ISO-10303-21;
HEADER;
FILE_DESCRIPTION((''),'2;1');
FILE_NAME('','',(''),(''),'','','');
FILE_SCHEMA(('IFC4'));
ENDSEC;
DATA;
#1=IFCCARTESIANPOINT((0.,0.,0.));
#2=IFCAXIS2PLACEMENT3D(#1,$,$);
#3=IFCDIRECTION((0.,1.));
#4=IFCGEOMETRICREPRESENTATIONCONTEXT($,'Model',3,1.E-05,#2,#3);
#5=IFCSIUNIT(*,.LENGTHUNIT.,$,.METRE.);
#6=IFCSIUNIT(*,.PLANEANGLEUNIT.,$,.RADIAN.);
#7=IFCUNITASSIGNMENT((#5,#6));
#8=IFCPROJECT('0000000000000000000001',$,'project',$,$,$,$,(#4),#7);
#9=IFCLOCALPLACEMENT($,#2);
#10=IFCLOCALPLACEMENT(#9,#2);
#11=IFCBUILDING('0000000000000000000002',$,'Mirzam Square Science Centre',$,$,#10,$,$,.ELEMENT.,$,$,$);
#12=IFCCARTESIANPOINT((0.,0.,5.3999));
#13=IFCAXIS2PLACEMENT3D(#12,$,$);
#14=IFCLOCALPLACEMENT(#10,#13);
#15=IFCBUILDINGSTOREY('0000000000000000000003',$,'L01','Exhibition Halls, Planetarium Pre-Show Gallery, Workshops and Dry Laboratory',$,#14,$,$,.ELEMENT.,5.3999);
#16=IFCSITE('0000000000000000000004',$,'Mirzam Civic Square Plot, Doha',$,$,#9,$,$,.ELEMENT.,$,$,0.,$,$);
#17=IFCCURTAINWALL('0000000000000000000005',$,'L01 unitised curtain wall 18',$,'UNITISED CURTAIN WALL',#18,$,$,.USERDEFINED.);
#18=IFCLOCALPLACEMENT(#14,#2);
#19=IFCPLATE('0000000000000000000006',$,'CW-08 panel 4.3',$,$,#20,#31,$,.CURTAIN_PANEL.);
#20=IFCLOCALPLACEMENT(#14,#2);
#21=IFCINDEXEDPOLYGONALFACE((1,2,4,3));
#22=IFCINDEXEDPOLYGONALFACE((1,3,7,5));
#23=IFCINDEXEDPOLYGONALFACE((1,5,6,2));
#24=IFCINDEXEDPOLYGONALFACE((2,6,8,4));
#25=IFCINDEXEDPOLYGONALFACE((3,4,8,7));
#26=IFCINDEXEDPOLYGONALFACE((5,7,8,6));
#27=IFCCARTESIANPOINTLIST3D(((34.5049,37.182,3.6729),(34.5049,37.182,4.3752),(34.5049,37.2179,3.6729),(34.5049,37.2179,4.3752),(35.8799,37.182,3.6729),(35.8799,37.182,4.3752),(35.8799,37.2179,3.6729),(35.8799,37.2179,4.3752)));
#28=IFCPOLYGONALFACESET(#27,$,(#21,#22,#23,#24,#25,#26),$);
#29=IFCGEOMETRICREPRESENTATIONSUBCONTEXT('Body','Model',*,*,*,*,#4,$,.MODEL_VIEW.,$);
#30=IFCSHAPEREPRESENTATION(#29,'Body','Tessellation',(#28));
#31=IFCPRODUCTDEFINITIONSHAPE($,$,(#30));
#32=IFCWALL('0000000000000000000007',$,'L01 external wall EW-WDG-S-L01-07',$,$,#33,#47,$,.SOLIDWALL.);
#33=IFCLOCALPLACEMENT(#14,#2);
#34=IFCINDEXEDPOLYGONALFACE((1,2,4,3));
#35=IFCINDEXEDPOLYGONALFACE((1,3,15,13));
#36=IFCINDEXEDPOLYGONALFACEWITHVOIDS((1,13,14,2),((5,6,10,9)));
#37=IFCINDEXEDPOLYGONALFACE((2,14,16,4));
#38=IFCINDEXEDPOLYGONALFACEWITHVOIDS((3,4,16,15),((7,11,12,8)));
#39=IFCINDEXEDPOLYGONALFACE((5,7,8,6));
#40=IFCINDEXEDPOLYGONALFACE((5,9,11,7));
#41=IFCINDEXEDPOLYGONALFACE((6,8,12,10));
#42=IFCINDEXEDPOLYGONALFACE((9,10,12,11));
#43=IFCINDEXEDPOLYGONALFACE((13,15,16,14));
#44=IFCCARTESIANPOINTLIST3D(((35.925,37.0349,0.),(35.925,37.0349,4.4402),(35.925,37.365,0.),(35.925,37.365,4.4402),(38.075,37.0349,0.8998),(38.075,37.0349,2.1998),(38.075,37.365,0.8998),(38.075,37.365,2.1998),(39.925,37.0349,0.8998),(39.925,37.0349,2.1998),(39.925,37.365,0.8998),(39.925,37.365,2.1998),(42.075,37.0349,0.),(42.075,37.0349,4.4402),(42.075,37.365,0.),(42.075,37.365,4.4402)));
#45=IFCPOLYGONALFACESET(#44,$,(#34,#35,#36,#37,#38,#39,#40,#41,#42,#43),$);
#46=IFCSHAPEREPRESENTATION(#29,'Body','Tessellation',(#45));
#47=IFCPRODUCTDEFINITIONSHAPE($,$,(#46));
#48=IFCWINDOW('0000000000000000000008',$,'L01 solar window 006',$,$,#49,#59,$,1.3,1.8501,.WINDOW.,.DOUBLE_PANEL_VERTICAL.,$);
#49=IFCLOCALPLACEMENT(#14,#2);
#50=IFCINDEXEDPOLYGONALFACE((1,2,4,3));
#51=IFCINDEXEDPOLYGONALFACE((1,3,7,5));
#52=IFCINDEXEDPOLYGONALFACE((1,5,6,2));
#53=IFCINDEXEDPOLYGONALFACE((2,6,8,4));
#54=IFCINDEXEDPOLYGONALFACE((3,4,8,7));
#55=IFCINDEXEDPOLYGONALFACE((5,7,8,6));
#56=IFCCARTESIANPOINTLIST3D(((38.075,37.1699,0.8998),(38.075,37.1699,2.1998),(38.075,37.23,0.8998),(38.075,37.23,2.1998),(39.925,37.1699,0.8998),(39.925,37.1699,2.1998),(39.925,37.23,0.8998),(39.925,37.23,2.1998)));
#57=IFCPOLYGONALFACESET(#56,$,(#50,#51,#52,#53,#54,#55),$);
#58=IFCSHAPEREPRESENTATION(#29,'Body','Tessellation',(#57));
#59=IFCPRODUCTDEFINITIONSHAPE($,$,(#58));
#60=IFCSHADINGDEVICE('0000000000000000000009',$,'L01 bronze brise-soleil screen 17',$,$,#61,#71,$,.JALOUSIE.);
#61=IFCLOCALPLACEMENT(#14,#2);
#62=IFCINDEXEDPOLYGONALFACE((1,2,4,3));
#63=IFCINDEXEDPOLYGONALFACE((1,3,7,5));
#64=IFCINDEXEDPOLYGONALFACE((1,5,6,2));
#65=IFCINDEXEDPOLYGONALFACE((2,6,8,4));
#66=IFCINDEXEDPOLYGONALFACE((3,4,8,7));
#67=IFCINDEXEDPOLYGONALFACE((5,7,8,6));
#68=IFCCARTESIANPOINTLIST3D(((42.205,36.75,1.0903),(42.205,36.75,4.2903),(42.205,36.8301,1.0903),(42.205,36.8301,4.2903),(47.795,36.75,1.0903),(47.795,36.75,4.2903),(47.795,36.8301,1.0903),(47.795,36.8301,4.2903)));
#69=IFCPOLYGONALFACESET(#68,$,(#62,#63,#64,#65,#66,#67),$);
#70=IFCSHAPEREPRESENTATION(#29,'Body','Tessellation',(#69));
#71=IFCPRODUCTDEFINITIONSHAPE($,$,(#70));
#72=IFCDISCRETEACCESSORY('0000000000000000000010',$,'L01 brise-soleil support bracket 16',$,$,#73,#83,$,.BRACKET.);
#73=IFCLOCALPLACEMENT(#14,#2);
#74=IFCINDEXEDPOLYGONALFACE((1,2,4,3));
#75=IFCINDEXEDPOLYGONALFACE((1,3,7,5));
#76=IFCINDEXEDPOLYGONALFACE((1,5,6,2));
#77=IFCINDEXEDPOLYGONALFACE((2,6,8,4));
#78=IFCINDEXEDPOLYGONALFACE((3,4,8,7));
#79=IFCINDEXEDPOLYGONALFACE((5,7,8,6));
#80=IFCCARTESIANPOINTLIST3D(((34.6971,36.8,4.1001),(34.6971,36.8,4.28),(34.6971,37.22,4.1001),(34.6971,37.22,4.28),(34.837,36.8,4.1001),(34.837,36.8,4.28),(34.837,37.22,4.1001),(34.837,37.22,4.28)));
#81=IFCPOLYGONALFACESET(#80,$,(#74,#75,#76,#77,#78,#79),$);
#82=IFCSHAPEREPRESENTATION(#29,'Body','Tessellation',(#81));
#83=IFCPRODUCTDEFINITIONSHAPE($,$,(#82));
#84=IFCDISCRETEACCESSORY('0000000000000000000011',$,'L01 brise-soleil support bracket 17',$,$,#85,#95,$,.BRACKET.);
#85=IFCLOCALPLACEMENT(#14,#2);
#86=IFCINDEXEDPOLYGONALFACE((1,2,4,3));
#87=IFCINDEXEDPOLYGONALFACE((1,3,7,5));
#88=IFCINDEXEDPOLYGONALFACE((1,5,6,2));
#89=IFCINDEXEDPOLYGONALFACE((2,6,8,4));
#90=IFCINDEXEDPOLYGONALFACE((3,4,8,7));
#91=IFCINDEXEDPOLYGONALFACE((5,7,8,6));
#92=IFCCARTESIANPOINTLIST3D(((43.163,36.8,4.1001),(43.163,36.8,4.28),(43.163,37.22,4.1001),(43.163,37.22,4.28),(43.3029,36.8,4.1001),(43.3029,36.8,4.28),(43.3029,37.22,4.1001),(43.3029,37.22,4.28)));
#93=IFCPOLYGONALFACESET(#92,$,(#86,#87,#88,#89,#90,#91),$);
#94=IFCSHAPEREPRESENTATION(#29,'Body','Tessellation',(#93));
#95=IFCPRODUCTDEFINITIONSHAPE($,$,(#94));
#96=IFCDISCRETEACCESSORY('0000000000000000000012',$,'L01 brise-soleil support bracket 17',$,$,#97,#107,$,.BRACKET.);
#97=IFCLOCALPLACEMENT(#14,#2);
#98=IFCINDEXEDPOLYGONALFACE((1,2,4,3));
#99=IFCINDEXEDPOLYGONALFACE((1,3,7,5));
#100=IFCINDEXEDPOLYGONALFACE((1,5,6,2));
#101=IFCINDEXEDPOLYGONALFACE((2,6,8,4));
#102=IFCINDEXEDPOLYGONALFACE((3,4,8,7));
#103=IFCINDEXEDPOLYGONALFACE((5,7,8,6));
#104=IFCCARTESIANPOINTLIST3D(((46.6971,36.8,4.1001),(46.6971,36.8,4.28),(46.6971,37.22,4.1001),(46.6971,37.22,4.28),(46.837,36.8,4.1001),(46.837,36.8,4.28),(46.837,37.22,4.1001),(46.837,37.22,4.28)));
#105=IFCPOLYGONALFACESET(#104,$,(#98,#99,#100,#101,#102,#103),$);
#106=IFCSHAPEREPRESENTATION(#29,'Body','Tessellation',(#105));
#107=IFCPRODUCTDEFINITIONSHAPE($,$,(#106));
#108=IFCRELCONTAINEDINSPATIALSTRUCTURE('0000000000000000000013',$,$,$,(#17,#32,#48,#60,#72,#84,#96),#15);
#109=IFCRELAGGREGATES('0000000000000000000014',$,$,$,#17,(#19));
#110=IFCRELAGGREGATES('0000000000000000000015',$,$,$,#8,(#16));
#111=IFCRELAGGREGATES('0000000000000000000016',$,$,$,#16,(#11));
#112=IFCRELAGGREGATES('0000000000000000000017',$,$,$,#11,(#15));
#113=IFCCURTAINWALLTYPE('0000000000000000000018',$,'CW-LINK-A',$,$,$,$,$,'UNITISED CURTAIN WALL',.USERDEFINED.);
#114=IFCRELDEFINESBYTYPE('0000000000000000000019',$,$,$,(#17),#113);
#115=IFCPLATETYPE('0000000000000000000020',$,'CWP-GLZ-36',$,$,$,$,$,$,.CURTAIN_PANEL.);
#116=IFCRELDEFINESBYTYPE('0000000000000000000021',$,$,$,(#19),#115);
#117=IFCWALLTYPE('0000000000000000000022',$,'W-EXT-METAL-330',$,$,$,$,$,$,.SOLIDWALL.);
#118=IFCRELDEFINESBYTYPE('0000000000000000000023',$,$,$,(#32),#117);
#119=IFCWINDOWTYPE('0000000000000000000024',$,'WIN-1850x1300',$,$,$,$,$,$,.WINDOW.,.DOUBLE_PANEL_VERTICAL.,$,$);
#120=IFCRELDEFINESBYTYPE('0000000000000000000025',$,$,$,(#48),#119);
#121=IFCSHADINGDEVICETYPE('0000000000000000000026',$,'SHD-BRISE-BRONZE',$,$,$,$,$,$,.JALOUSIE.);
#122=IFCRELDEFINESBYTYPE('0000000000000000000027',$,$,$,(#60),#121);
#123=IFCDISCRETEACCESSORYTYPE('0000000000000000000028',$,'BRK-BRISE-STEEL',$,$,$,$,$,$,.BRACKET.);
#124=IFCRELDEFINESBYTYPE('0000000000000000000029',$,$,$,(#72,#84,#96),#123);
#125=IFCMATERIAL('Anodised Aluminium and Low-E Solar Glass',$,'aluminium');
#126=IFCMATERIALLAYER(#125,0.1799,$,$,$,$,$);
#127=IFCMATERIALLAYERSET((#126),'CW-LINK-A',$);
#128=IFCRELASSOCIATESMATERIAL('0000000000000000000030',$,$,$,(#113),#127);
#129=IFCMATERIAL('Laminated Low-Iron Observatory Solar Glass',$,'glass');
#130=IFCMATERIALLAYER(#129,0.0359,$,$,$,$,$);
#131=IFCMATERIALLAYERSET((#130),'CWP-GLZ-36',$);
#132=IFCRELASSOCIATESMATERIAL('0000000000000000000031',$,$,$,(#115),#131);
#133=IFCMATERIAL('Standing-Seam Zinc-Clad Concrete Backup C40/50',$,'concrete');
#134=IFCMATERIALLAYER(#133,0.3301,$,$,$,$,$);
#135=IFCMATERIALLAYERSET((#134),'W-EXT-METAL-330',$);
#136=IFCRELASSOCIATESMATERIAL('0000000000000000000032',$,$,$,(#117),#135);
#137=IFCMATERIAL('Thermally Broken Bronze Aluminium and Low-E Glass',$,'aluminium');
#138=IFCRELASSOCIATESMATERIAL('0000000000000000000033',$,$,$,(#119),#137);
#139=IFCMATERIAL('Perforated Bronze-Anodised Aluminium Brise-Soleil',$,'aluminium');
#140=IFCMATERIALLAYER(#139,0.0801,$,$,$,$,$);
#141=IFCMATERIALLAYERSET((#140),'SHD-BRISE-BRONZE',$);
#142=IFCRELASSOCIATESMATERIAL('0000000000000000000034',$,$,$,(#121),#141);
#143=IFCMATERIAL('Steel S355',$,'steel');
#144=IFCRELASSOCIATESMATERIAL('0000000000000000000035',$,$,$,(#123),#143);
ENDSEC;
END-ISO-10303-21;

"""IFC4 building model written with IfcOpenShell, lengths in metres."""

from ifc_helpers import new_model, si_unit, direction, frame, frame_2d, origin, origin_2d, place, context, subcontext, project, spatial, rectangle, extrude, material, layer, layer_set, type_object, element, fill, aggregate, save


model = new_model("IFC4")

# Units and contexts
model_context = context("Model", 3, precision=1e-05, world=origin(), true_north=direction((0.0, 1.0)))
body_context = subcontext(model_context, "Body", "Model", "MODEL_VIEW")
ifc_project = project(units=[si_unit("LENGTHUNIT", "METRE"), si_unit("PLANEANGLEUNIT", "RADIAN")], contexts=[model_context])

# Site, building, storey
site_placement = place(None, origin())
site = spatial("IfcSite", under=ifc_project, at=site_placement, Name="Mirzam Civic Square Plot, Doha", CompositionType="ELEMENT", RefElevation=0.0)
building_placement = place(site_placement, origin())
building = spatial("IfcBuilding", under=site, at=building_placement, Name="Mirzam Square Science Centre", CompositionType="ELEMENT")
storey_placement = place(building_placement, frame((0.0, 0.0, 5.3999)))
storey = spatial("IfcBuildingStorey", under=building, at=storey_placement, Name="L01", Description="Exhibition Halls, Planetarium Pre-Show Gallery, Workshops and Dry Laboratory", CompositionType="ELEMENT", Elevation=5.3999)

# Shared definitions
ifc_material_1 = material(Name="Steel S355", Category="steel")

# Curtain wall
ifc_material_2 = material(Name="Anodised Aluminium and Low-E Solar Glass", Category="aluminium")
ifc_layer_1 = layer(ifc_material_2, 0.1799)
ifc_layer_set_1 = layer_set([ifc_layer_1], Name="CW-LINK-A")
curtain_wall_type = type_object("IfcCurtainWallType", Name="CW-LINK-A", ElementType="UNITISED CURTAIN WALL", PredefinedType="USERDEFINED", material=ifc_layer_set_1)
curtain_wall_placement = place(storey_placement, origin())
curtain_wall = element("IfcCurtainWall", 1, at=curtain_wall_placement, inside=storey, type_object=curtain_wall_type, Name="L01 unitised curtain wall 18", ObjectType="UNITISED CURTAIN WALL", PredefinedType="USERDEFINED")

# Plate
ifc_material_3 = material(Name="Laminated Low-Iron Observatory Solar Glass", Category="glass")
ifc_layer_2 = layer(ifc_material_3, 0.0359)
ifc_layer_set_2 = layer_set([ifc_layer_2], Name="CWP-GLZ-36")
plate_type = type_object("IfcPlateType", Name="CWP-GLZ-36", PredefinedType="CURTAIN_PANEL", material=ifc_layer_set_2)
plate_1_placement = place(storey_placement, frame((35.1924, 37.2, 3.6729), z_axis=(0.0, 0.0, 1.0), x_axis=(1.0, 0.0, 0.0)))
plate_1 = element("IfcPlate", 2, at=plate_1_placement, type_object=plate_type, Name="CW-08 panel 4.3", PredefinedType="CURTAIN_PANEL", context=body_context, shape_type="SweptSolid", body=[
    extrude(rectangle(XDim=1.375, YDim=0.0359, at=origin_2d()), origin(), (0.0, 0.0, 1.0), 0.7024),
])
aggregate(curtain_wall, [plate_1])

# Wall, opening, window
ifc_material_4 = material(Name="Standing-Seam Zinc-Clad Concrete Backup C40/50", Category="concrete")
ifc_layer_3 = layer(ifc_material_4, 0.3301)
ifc_layer_set_3 = layer_set([ifc_layer_3], Name="W-EXT-METAL-330")
wall_type = type_object("IfcWallType", Name="W-EXT-METAL-330", PredefinedType="SOLIDWALL", material=ifc_layer_set_3)
wall_placement = place(storey_placement, frame((35.925, 37.2, 0.0), z_axis=(0.0, 0.0, 1.0), x_axis=(1.0, 0.0, 0.0)))
wall = element("IfcWall", 3, at=wall_placement, inside=storey, type_object=wall_type, Name="L01 external wall EW-WDG-S-L01-07", PredefinedType="SOLIDWALL", context=body_context, shape_type="SweptSolid", body=[
    extrude(rectangle(XDim=6.1499, YDim=0.3301, at=frame_2d((3.075, 0.0))), origin(), (0.0, 0.0, 1.0), 4.4402),
])
opening_placement = place(wall_placement, frame((2.1499, 0.0, 0.8999)))
opening = element("IfcOpeningElement", 4, at=opening_placement, cuts=wall, PredefinedType="OPENING", context=body_context, shape_type="SweptSolid", body=[
    extrude(rectangle(XDim=1.8501, YDim=1.3, at=frame_2d((0.925, 0.6499))), frame((0.0, 0.175, 0.0), z_axis=(0.0, -1.0, 0.0), x_axis=(1.0, 0.0, 0.0)), (0.0, 0.0, 1.0), 0.3501),
])
ifc_material_5 = material(Name="Thermally Broken Bronze Aluminium and Low-E Glass", Category="aluminium")
window_type = type_object("IfcWindowType", Name="WIN-1850x1300", PartitioningType="DOUBLE_PANEL_VERTICAL", PredefinedType="WINDOW", material=ifc_material_5)
window_placement = place(opening_placement, origin())
window = element("IfcWindow", 5, at=window_placement, inside=storey, type_object=window_type, Name="L01 solar window 006", OverallHeight=1.3, OverallWidth=1.8501, PartitioningType="DOUBLE_PANEL_VERTICAL", PredefinedType="WINDOW", context=body_context, shape_type="SweptSolid", body=[
    extrude(rectangle(XDim=1.8501, YDim=1.3, at=frame_2d((0.925, 0.6499))), frame((0.0, 0.03, 0.0), z_axis=(0.0, -1.0, 0.0), x_axis=(1.0, 0.0, 0.0)), (0.0, 0.0, 1.0), 0.0601),
])
fill(opening, window)

# Shading device
ifc_material_6 = material(Name="Perforated Bronze-Anodised Aluminium Brise-Soleil", Category="aluminium")
ifc_layer_4 = layer(ifc_material_6, 0.0801)
ifc_layer_set_4 = layer_set([ifc_layer_4], Name="SHD-BRISE-BRONZE")
shading_device_type = type_object("IfcShadingDeviceType", Name="SHD-BRISE-BRONZE", PredefinedType="JALOUSIE", material=ifc_layer_set_4)
shading_device_placement = place(storey_placement, frame((45.0, 36.79, 1.0903), z_axis=(0.0, 0.0, 1.0), x_axis=(1.0, 0.0, 0.0)))
element("IfcShadingDevice", 6, at=shading_device_placement, inside=storey, type_object=shading_device_type, Name="L01 bronze brise-soleil screen 17", PredefinedType="JALOUSIE", context=body_context, shape_type="SweptSolid", body=[
    extrude(rectangle(XDim=5.5901, YDim=0.0801, at=origin_2d()), origin(), (0.0, 0.0, 1.0), 3.2),
])

# Discrete accessories
discrete_accessory_type = type_object("IfcDiscreteAccessoryType", Name="BRK-BRISE-STEEL", PredefinedType="BRACKET", material=ifc_material_1)
for number, where, z_axis, x_axis, name in (
    (7, (34.7671, 37.01, 4.1001), (0.0, 0.0, 1.0), (1.0, 0.0, 0.0), "L01 brise-soleil support bracket 16"),
    (8, (43.2329, 37.01, 4.1001), (0.0, 0.0, 1.0), (1.0, 0.0, 0.0), "L01 brise-soleil support bracket 17"),
    (9, (46.7671, 37.01, 4.1001), (0.0, 0.0, 1.0), (1.0, 0.0, 0.0), "L01 brise-soleil support bracket 17"),
):
    element("IfcDiscreteAccessory", number, at=place(storey_placement, frame(where, z_axis=z_axis, x_axis=x_axis)), inside=storey, type_object=discrete_accessory_type, Name=name, PredefinedType="BRACKET", context=body_context, shape_type="SweptSolid", body=[
        extrude(rectangle(XDim=0.1399, YDim=0.4199, at=origin_2d()), origin(), (0.0, 0.0, 1.0), 0.1799),
    ])

save(model, "model.ifc")
